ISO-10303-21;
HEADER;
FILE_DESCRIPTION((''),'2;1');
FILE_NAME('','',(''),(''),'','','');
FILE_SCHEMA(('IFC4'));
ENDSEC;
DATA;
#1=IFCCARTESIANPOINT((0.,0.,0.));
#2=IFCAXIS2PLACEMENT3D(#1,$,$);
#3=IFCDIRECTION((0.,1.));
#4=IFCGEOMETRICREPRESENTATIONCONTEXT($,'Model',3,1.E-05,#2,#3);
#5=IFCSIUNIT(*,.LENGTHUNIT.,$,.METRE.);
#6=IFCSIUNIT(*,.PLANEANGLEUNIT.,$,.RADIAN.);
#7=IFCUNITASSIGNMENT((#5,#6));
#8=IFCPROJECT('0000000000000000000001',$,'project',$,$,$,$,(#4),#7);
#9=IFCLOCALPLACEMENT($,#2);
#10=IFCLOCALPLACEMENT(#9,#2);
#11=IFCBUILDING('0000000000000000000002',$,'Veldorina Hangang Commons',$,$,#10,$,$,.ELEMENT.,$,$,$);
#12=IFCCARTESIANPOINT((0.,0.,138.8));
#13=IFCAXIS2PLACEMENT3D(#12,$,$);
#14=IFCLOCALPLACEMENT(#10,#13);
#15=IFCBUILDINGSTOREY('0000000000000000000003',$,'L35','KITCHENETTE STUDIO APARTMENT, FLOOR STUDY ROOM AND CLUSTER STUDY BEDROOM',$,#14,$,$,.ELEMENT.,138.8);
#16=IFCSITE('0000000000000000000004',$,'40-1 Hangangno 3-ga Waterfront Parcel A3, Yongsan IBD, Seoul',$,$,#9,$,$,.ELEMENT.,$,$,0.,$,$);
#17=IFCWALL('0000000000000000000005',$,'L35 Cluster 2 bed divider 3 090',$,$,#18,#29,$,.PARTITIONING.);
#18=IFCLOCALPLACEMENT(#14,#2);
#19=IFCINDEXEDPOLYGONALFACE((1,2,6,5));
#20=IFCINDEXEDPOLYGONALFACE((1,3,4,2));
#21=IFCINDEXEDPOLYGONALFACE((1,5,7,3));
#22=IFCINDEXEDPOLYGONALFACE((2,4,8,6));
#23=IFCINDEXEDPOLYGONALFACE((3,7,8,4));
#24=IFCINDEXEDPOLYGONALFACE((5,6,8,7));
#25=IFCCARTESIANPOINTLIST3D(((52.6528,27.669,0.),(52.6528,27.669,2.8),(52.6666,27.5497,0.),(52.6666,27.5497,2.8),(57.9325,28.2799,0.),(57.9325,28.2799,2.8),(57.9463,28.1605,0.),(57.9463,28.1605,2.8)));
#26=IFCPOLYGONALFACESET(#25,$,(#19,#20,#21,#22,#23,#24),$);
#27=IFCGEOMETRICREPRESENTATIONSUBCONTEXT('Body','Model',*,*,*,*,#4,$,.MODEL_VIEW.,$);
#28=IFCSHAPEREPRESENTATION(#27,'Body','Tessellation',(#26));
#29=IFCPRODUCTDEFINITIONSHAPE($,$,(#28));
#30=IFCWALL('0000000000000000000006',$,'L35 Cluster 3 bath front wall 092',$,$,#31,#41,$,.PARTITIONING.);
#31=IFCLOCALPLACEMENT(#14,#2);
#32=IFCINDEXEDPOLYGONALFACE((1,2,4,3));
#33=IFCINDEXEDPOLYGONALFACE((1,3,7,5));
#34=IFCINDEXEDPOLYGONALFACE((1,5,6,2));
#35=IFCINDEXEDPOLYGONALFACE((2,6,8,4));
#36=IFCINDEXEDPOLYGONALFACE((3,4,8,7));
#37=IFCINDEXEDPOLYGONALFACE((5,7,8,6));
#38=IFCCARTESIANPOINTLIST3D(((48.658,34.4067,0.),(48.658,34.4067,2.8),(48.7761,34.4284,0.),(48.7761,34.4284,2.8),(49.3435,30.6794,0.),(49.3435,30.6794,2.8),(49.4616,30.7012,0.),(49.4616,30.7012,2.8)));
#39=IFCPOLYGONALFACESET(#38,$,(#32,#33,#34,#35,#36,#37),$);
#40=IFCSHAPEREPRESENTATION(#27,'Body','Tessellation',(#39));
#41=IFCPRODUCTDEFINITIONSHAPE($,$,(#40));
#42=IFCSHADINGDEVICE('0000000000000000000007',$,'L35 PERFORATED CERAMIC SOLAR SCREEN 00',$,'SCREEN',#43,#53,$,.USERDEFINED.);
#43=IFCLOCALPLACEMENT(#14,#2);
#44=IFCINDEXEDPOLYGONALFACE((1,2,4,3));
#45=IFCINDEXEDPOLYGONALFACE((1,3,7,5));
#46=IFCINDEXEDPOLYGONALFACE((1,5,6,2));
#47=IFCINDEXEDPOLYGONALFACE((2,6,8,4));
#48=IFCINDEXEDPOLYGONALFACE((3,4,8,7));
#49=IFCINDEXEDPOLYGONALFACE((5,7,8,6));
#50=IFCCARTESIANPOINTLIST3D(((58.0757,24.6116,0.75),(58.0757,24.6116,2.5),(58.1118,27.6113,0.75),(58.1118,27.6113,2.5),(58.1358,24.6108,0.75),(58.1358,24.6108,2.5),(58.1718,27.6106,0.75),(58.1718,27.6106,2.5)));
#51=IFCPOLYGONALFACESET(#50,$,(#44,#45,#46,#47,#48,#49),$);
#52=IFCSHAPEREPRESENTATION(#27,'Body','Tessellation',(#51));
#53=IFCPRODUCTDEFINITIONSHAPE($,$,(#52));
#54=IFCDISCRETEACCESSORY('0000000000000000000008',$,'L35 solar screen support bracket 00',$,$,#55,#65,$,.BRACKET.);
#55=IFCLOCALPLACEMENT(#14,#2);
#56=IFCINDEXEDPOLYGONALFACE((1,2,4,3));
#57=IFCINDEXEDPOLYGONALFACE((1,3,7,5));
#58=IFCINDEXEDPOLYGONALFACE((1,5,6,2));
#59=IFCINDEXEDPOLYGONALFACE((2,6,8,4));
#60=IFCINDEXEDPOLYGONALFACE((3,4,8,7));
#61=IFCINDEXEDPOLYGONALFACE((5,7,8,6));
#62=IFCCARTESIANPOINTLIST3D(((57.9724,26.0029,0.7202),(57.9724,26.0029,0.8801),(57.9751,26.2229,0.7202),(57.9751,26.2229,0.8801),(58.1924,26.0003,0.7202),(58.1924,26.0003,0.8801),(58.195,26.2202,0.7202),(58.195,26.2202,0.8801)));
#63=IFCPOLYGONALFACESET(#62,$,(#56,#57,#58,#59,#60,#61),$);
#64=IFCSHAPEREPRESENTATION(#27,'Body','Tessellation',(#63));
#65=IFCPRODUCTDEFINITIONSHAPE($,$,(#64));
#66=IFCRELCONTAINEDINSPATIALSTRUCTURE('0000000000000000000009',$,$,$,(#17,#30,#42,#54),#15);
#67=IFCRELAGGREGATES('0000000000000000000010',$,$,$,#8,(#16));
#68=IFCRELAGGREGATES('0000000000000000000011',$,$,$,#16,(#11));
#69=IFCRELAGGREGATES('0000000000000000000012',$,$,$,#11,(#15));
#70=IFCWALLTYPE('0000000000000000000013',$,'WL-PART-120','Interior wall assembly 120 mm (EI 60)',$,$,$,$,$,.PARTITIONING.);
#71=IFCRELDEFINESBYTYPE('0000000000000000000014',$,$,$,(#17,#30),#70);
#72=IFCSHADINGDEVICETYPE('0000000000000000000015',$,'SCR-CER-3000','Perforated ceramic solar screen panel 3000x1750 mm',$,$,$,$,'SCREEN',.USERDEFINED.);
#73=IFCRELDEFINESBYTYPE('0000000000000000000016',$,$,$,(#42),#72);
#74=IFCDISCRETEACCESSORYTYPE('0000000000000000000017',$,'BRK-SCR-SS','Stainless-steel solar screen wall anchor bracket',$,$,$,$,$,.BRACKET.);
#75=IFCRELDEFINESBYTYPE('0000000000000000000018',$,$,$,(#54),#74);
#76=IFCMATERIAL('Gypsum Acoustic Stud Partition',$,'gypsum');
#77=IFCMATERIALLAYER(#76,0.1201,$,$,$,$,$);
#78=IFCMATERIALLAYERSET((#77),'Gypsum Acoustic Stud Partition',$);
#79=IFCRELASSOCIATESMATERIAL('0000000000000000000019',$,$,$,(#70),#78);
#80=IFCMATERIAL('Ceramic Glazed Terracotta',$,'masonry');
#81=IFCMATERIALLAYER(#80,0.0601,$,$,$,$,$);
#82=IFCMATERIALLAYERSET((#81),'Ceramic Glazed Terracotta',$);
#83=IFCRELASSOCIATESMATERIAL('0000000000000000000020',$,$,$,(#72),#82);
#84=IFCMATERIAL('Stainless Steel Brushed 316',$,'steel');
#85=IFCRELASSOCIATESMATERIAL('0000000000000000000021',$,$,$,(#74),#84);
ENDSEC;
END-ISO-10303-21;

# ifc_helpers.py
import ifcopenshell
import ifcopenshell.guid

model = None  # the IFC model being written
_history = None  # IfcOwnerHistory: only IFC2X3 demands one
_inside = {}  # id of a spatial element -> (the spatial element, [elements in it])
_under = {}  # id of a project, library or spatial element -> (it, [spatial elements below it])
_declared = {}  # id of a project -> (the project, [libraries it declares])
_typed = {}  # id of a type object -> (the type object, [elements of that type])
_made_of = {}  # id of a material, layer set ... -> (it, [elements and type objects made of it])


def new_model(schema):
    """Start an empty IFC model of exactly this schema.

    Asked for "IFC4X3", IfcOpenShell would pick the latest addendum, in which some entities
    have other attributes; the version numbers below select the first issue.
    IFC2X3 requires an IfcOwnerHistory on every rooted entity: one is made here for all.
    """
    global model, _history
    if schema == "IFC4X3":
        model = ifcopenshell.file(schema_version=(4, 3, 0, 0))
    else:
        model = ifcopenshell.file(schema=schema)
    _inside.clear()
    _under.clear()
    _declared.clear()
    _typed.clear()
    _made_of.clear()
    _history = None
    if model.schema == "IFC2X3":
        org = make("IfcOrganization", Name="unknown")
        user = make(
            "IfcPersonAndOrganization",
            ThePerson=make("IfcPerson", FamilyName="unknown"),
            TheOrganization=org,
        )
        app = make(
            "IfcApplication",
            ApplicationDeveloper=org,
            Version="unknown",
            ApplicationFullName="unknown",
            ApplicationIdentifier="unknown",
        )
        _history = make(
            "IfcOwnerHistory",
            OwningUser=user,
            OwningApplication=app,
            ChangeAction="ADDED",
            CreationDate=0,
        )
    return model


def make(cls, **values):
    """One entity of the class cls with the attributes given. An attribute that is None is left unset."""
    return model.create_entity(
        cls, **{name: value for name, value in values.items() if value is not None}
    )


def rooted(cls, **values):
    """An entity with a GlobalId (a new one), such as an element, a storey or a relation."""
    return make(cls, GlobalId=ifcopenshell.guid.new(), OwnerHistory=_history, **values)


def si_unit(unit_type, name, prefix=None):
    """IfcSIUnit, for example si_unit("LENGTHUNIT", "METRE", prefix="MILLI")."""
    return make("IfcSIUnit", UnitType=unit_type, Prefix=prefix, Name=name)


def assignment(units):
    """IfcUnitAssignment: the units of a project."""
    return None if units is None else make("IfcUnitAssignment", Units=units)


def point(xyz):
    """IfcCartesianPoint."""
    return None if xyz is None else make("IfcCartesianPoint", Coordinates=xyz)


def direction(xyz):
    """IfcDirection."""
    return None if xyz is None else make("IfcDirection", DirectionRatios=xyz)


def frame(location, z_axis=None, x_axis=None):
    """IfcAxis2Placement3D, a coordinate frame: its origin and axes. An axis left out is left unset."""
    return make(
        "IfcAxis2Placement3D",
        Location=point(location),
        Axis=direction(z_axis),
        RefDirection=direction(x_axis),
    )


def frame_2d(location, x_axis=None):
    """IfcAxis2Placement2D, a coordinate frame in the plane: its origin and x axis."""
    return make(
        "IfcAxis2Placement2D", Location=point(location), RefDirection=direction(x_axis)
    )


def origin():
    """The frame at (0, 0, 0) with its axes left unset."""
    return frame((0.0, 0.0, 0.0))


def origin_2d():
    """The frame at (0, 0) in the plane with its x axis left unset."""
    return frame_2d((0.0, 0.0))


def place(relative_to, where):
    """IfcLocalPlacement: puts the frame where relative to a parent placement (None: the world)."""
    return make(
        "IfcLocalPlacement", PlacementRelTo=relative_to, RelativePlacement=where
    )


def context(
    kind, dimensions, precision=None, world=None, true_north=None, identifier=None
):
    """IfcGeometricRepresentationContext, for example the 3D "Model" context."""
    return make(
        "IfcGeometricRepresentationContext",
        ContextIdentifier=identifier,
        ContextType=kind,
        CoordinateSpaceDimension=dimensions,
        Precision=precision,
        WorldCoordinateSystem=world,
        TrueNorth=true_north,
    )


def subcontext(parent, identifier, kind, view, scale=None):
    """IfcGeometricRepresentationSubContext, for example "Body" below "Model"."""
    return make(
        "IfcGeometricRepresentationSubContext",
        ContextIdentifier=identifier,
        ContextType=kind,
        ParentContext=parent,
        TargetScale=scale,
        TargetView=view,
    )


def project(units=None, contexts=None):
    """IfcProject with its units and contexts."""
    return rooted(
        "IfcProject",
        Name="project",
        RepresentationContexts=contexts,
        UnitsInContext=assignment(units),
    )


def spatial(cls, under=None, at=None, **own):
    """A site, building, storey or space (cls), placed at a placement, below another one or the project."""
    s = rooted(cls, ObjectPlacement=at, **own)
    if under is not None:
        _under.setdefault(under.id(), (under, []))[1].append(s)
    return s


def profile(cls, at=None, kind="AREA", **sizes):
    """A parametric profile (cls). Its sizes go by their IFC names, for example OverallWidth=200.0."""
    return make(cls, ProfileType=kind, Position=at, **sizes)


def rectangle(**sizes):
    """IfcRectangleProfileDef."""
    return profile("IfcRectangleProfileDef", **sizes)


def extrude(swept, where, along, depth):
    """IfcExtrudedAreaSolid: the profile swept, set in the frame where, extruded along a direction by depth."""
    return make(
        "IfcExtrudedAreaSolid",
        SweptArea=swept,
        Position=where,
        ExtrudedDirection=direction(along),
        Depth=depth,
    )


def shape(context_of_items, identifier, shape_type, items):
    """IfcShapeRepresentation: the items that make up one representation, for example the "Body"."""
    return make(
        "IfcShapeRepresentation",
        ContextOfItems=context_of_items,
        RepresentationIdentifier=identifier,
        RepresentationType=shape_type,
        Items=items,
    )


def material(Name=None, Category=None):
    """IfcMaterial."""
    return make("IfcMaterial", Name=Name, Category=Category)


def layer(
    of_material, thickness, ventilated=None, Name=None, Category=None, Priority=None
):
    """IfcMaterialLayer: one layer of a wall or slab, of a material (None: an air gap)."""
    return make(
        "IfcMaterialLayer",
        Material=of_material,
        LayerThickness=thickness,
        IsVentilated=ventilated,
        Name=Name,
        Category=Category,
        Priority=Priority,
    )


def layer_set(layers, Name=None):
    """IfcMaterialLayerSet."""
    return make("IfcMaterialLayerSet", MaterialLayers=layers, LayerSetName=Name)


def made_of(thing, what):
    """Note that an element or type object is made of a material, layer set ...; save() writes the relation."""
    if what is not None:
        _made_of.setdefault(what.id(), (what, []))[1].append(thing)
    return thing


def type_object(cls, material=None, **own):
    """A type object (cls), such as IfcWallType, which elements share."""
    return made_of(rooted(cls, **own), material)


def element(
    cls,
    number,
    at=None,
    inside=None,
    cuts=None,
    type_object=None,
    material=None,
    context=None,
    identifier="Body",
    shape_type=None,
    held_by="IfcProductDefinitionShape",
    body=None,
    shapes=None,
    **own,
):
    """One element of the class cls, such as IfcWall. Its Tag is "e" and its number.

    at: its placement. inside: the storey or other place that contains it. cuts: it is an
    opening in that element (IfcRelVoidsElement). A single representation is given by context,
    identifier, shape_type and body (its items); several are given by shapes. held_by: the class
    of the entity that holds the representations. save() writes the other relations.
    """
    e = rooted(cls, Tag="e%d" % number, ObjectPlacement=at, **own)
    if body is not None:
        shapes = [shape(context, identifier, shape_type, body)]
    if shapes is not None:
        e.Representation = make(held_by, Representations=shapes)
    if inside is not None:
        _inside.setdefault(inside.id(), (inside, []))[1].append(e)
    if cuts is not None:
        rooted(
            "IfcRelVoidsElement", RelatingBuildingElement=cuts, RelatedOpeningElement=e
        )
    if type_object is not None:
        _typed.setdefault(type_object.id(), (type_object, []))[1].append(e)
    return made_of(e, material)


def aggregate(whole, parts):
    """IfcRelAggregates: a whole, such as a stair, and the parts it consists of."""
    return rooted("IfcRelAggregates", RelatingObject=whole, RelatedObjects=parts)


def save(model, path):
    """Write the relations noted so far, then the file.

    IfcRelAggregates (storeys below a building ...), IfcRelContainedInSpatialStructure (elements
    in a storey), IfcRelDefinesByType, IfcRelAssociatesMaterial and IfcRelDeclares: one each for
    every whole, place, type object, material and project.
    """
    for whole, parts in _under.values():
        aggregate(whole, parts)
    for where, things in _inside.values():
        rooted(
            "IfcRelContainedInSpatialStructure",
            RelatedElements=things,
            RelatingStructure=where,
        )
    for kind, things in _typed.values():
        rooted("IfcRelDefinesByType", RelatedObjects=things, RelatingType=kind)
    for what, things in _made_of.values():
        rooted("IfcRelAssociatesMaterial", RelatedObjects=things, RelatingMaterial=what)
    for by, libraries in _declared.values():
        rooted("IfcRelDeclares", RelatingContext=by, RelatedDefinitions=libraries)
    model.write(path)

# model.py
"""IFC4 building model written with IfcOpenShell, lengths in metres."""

from ifc_helpers import new_model, si_unit, direction, frame, frame_2d, origin, origin_2d, place, context, subcontext, project, spatial, rectangle, extrude, material, layer, layer_set, type_object, element, save


model = new_model("IFC4")

# Units and contexts
model_context = context("Model", 3, precision=1e-05, world=origin(), true_north=direction((0.0, 1.0)))
body_context = subcontext(model_context, "Body", "Model", "MODEL_VIEW")
ifc_project = project(units=[si_unit("LENGTHUNIT", "METRE"), si_unit("PLANEANGLEUNIT", "RADIAN")], contexts=[model_context])

# Site, building, storey
site_placement = place(None, origin())
site = spatial("IfcSite", under=ifc_project, at=site_placement, Name="40-1 Hangangno 3-ga Waterfront Parcel A3, Yongsan IBD, Seoul", CompositionType="ELEMENT", RefElevation=0.0)
building_placement = place(site_placement, origin())
building = spatial("IfcBuilding", under=site, at=building_placement, Name="Veldorina Hangang Commons", CompositionType="ELEMENT")
storey_placement = place(building_placement, frame((0.0, 0.0, 138.8)))
storey = spatial("IfcBuildingStorey", under=building, at=storey_placement, Name="L35", Description="KITCHENETTE STUDIO APARTMENT, FLOOR STUDY ROOM AND CLUSTER STUDY BEDROOM", CompositionType="ELEMENT", Elevation=138.8)

# Shared definitions
ifc_material_1 = material(Name="Gypsum Acoustic Stud Partition", Category="gypsum")
ifc_layer_1 = layer(ifc_material_1, 0.1201)
ifc_layer_set_1 = layer_set([ifc_layer_1], Name="Gypsum Acoustic Stud Partition")
wall_type_1 = type_object("IfcWallType", Name="WL-PART-120", Description="Interior wall assembly 120 mm (EI 60)", PredefinedType="PARTITIONING", material=ifc_layer_set_1)

# Walls
wall_1_placement = place(storey_placement, frame((52.6597, 27.6094, 0.0), z_axis=(0.0, 0.0, 1.0), x_axis=(0.993374, 0.114927, 0.0)))
element("IfcWall", 1, at=wall_1_placement, inside=storey, type_object=wall_type_1, Name="L35 Cluster 2 bed divider 3 090", PredefinedType="PARTITIONING", context=body_context, shape_type="SweptSolid", body=[
    extrude(rectangle(XDim=5.3149, YDim=0.1201, at=frame_2d((2.6575, 0.0))), origin(), (0.0, 0.0, 1.0), 2.8),
])
wall_2_placement = place(storey_placement, frame((49.4026, 30.6902, 0.0), z_axis=(0.0, 0.0, 1.0), x_axis=(-0.180892, 0.983503, 0.0)))
element("IfcWall", 2, at=wall_2_placement, inside=storey, type_object=wall_type_1, Name="L35 Cluster 3 bath front wall 092", PredefinedType="PARTITIONING", context=body_context, shape_type="SweptSolid", body=[
    extrude(rectangle(XDim=3.7898, YDim=0.1201, at=frame_2d((1.895, 0.0))), origin(), (0.0, 0.0, 1.0), 2.8),
])

# Shading device
ifc_material_2 = material(Name="Ceramic Glazed Terracotta", Category="masonry")
ifc_layer_2 = layer(ifc_material_2, 0.0601)
ifc_layer_set_2 = layer_set([ifc_layer_2], Name="Ceramic Glazed Terracotta")
shading_device_type = type_object("IfcShadingDeviceType", Name="SCR-CER-3000", Description="Perforated ceramic solar screen panel 3000x1750 mm", ElementType="SCREEN", PredefinedType="USERDEFINED", material=ifc_layer_set_2)
shading_device_placement = place(storey_placement, frame((58.1238, 26.1111, 0.75), z_axis=(0.0, 0.0, 1.0), x_axis=(0.012025, 0.999928, 0.0)))
element("IfcShadingDevice", 3, at=shading_device_placement, inside=storey, type_object=shading_device_type, Name="L35 PERFORATED CERAMIC SOLAR SCREEN 00", ObjectType="SCREEN", PredefinedType="USERDEFINED", context=body_context, shape_type="SweptSolid", body=[
    extrude(rectangle(XDim=3.0, YDim=0.0601, at=origin_2d()), origin(), (0.0, 0.0, 1.0), 1.75),
])

# Discrete accessory
ifc_material_3 = material(Name="Stainless Steel Brushed 316", Category="steel")
discrete_accessory_type = type_object("IfcDiscreteAccessoryType", Name="BRK-SCR-SS", Description="Stainless-steel solar screen wall anchor bracket", PredefinedType="BRACKET", material=ifc_material_3)
discrete_accessory_placement = place(storey_placement, frame((58.0837, 26.1116, 0.7202), z_axis=(0.0, 0.0, 1.0), x_axis=(0.012025, 0.999928, 0.0)))
element("IfcDiscreteAccessory", 4, at=discrete_accessory_placement, inside=storey, type_object=discrete_accessory_type, Name="L35 solar screen support bracket 00", PredefinedType="BRACKET", context=body_context, shape_type="SweptSolid", body=[
    extrude(rectangle(XDim=0.22, YDim=0.22, at=origin_2d()), origin(), (0.0, 0.0, 1.0), 0.1599),
])

save(model, "model.ifc")
